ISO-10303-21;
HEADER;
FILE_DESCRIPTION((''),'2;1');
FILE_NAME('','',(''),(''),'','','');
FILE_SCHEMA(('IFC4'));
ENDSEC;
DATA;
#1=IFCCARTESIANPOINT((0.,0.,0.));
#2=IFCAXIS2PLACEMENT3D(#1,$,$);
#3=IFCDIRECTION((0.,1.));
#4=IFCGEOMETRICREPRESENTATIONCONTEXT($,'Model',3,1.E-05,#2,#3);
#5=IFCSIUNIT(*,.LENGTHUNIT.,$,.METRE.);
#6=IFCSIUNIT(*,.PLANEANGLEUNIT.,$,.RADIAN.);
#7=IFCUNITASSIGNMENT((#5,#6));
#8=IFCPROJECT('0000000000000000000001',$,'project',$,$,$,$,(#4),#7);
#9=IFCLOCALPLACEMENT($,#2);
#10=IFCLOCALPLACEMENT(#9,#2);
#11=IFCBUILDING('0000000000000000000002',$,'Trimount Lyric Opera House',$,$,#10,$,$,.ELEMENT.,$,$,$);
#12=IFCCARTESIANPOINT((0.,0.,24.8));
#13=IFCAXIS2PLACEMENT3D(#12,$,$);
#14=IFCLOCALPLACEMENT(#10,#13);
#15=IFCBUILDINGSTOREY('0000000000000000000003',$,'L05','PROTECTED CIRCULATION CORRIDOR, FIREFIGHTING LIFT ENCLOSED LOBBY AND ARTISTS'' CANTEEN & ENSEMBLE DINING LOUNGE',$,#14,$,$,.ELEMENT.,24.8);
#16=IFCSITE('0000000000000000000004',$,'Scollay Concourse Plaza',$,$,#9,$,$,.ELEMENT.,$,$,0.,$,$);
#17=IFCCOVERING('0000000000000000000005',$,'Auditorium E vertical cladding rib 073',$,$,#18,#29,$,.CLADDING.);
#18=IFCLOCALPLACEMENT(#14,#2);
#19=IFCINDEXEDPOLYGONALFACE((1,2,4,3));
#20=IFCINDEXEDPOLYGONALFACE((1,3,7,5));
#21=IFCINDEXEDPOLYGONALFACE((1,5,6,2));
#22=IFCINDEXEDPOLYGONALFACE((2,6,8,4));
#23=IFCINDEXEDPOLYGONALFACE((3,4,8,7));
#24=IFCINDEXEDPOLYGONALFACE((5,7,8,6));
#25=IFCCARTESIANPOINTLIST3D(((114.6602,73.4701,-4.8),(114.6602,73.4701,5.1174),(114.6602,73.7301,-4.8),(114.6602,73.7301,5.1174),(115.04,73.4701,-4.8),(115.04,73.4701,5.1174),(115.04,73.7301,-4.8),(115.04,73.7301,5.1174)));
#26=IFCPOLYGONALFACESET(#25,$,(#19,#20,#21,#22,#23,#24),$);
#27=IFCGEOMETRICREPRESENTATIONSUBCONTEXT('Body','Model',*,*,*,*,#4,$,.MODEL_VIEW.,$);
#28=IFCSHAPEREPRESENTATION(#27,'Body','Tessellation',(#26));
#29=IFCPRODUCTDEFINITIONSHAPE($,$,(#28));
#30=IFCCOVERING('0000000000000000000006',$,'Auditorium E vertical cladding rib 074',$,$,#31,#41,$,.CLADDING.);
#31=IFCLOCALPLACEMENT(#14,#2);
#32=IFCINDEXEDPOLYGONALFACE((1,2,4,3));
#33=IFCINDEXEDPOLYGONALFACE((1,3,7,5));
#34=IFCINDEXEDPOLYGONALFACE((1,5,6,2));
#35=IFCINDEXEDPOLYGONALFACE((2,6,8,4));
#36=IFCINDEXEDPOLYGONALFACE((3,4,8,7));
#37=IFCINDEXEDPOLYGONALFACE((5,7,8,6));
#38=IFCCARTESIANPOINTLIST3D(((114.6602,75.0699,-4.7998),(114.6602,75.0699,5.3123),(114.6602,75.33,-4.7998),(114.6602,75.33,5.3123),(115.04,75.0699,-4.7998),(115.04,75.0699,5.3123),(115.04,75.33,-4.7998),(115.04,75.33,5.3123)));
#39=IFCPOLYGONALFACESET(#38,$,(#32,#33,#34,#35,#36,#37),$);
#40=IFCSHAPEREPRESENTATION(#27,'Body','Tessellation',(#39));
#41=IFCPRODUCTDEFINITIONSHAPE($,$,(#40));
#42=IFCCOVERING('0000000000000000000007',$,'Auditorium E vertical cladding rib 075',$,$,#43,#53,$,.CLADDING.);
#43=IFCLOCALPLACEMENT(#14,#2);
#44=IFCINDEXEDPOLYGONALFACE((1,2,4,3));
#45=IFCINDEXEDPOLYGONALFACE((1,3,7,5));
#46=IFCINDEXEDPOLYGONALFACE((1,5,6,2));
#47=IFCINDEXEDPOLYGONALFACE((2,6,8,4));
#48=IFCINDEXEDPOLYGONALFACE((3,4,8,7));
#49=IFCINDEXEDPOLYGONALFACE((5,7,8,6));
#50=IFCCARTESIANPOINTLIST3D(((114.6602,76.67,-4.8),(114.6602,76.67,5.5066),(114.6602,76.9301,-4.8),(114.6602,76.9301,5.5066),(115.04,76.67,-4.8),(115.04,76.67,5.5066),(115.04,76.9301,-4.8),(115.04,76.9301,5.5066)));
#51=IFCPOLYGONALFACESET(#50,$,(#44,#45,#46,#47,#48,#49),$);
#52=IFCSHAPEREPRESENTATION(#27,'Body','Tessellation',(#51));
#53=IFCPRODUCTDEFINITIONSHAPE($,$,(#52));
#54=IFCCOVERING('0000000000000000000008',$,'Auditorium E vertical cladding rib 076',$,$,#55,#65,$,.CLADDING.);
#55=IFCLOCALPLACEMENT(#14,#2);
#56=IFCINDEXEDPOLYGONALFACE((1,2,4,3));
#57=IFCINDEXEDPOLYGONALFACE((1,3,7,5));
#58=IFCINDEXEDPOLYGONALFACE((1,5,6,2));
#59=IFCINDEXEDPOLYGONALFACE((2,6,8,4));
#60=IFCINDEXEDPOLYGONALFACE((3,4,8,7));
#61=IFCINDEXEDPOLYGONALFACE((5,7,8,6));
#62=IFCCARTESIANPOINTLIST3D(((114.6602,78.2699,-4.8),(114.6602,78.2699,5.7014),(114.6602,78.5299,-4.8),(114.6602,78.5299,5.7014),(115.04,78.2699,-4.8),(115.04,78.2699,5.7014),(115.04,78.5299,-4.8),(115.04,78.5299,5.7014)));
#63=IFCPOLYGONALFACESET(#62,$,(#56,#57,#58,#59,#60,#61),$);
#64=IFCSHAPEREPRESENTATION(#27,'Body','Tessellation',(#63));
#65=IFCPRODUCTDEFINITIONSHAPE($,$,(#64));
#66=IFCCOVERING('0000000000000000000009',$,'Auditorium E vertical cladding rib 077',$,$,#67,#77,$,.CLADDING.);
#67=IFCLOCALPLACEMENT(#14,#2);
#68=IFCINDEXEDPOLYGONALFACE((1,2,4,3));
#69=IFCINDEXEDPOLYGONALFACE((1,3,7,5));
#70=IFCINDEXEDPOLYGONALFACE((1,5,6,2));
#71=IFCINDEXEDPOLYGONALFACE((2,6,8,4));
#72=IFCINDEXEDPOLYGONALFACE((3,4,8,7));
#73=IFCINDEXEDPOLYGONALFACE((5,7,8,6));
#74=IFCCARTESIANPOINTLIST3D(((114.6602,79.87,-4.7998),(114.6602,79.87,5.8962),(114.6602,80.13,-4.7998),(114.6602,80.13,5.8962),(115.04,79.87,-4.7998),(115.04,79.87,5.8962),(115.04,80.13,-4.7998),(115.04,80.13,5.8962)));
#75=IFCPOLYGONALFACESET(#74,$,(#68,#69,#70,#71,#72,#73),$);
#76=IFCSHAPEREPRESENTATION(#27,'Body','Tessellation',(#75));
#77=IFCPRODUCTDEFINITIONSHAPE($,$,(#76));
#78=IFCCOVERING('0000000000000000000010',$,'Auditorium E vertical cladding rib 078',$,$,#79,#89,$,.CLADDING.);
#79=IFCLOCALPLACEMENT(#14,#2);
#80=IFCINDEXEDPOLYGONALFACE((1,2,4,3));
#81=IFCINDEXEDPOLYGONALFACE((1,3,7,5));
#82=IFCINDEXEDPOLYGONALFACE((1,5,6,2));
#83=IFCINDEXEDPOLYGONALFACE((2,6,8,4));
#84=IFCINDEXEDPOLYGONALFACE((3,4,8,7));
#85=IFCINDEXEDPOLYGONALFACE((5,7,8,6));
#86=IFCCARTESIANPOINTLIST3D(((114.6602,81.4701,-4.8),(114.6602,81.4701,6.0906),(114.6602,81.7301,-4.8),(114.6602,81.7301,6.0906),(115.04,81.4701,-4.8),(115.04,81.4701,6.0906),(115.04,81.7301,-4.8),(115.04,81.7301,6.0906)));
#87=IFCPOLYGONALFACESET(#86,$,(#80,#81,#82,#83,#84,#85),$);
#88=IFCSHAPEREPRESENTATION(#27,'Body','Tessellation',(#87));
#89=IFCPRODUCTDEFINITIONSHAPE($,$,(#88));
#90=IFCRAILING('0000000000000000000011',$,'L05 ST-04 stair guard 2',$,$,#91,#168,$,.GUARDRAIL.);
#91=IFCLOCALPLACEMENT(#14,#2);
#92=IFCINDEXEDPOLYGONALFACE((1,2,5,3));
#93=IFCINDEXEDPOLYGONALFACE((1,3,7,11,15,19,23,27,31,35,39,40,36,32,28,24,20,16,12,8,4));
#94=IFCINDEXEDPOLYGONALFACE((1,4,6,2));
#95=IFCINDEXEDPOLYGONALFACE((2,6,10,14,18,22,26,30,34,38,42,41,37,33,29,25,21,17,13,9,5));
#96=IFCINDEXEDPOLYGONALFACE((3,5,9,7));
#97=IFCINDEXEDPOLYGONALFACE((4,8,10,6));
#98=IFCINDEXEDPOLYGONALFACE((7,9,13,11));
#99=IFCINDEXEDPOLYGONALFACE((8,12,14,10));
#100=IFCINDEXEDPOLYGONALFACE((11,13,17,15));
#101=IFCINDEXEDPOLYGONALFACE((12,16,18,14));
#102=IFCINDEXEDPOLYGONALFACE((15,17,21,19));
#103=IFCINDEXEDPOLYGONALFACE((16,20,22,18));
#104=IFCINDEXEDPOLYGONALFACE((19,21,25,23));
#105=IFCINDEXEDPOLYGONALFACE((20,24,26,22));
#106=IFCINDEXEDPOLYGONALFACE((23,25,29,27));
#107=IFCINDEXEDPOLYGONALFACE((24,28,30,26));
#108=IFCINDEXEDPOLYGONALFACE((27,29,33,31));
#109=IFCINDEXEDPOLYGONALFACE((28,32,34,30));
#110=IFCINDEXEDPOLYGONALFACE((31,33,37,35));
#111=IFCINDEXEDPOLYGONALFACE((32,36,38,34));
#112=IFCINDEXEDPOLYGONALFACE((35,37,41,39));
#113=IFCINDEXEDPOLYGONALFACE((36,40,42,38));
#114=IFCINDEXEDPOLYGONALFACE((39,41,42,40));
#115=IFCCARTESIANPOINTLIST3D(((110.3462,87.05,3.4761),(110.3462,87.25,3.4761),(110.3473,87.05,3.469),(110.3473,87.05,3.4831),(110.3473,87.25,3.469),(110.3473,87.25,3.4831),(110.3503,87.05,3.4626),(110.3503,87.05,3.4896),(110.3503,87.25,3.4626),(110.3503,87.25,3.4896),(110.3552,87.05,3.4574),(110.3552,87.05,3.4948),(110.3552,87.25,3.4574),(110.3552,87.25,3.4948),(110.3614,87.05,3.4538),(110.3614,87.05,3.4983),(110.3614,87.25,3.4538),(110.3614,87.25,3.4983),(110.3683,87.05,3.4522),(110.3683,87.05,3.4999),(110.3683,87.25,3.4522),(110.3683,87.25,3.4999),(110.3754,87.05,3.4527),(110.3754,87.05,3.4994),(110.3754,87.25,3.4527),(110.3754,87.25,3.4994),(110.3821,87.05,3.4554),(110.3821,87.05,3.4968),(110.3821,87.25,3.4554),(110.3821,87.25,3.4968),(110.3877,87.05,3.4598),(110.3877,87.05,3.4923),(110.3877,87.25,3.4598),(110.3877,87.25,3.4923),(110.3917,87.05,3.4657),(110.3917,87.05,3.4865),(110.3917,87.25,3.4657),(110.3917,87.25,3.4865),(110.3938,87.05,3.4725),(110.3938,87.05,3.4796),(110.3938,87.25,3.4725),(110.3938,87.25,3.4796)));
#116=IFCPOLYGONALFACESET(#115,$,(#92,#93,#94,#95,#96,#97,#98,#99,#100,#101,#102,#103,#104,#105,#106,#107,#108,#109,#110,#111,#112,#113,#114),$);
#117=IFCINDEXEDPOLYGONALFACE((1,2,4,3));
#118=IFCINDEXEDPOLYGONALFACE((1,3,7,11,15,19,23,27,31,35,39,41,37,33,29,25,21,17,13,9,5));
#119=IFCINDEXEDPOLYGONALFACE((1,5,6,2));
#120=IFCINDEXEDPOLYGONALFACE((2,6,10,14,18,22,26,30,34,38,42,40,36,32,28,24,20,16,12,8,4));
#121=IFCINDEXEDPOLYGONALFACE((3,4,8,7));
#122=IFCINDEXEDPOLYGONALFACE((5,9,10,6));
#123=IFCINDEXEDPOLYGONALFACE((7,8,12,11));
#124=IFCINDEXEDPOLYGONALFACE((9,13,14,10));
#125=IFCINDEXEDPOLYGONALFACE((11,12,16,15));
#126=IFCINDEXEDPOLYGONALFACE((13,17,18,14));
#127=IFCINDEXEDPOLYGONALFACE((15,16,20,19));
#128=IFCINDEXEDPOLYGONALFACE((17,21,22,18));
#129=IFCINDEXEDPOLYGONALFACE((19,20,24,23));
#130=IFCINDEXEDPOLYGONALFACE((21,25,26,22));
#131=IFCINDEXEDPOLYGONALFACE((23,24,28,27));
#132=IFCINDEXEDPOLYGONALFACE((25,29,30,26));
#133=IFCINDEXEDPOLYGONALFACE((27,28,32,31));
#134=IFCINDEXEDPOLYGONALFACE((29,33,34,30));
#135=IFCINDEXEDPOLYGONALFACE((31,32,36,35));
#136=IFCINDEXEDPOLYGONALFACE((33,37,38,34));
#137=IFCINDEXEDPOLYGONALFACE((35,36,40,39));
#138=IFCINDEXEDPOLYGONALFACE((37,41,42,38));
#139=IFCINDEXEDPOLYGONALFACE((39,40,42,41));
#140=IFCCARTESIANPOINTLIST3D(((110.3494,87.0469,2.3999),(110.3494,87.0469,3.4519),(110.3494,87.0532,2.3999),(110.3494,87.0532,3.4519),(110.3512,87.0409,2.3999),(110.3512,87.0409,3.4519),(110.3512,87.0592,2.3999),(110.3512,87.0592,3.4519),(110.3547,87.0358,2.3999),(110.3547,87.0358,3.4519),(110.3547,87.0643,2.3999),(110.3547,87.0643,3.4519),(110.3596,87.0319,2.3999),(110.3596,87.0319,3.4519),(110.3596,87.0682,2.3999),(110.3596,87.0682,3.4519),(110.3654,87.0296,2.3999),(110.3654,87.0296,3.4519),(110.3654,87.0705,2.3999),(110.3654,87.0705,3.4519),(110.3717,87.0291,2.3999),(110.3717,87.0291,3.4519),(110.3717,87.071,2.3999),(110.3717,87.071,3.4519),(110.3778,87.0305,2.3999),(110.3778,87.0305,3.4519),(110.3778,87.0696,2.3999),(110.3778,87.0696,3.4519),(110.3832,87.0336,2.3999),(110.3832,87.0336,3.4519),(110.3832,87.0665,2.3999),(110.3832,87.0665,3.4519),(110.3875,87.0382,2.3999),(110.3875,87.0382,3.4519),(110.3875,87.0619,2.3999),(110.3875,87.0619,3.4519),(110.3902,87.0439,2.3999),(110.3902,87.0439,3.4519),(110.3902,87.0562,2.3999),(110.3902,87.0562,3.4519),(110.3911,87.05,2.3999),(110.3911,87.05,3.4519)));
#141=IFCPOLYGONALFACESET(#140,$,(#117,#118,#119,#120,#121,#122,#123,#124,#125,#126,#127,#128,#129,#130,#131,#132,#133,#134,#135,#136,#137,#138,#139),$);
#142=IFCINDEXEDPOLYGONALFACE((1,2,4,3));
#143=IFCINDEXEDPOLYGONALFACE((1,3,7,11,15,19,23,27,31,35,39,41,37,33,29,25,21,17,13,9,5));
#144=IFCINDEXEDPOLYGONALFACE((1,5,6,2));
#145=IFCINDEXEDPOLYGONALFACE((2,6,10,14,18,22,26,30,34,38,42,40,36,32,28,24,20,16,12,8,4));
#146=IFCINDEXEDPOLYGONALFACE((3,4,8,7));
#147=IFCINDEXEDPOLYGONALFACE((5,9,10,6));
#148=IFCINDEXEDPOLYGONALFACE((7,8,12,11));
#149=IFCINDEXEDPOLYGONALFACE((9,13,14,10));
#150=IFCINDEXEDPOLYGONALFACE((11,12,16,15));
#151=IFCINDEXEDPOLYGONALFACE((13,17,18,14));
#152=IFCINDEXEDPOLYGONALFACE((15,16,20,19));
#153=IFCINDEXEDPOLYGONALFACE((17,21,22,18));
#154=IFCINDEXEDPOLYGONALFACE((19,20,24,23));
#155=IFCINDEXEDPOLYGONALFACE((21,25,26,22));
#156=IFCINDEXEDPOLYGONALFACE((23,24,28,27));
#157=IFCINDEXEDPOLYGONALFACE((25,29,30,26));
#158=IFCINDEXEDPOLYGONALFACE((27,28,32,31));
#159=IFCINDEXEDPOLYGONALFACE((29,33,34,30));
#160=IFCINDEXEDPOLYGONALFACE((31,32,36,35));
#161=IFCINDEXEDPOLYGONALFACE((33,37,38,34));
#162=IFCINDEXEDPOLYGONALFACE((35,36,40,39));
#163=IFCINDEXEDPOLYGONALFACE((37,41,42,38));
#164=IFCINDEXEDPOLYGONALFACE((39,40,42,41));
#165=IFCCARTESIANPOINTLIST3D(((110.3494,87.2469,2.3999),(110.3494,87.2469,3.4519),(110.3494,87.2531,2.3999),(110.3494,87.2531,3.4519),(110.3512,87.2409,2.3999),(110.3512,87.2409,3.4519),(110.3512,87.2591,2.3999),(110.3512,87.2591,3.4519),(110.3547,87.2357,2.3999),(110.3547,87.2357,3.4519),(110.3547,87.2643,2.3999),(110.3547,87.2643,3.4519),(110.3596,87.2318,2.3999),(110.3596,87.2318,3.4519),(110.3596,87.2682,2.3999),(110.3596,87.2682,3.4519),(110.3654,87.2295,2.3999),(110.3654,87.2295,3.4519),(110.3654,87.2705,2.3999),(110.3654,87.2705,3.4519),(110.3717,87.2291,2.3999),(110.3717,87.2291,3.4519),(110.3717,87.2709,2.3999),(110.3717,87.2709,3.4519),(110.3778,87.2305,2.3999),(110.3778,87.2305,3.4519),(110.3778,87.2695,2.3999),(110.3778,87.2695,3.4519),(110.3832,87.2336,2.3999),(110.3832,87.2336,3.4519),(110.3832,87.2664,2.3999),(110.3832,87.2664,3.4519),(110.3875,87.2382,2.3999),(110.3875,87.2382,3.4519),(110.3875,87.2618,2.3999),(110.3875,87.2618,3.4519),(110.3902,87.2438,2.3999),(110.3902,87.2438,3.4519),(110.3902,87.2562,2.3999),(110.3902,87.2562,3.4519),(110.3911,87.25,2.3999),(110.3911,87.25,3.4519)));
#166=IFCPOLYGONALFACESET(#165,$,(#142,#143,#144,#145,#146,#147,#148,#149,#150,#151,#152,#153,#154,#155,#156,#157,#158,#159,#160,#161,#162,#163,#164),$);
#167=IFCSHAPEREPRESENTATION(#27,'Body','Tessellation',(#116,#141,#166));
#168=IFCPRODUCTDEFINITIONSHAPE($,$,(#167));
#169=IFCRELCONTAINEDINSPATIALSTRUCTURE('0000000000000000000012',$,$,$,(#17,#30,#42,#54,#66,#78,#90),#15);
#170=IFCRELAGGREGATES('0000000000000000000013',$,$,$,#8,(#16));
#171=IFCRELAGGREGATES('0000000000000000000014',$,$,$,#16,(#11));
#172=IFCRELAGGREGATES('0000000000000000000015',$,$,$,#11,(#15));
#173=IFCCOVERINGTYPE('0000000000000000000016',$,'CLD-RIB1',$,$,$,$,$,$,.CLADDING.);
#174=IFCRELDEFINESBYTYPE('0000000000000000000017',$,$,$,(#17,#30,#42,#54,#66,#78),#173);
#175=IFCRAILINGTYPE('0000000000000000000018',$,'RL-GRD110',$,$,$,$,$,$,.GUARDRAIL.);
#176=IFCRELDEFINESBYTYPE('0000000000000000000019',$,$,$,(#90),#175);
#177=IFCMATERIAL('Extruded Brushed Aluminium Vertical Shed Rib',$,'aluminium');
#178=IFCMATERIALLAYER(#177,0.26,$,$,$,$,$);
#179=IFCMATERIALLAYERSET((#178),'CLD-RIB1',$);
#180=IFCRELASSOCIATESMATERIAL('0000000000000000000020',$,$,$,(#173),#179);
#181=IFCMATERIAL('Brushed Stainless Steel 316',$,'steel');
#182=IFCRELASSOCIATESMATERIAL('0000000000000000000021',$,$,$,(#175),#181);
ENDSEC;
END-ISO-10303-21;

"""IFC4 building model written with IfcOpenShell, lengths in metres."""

from ifc_helpers import new_model, si_unit, direction, frame, origin, origin_2d, place, context, subcontext, project, spatial, rectangle, circle, extrude, material, layer, layer_set, type_object, element, save


model = new_model("IFC4")

# Units and contexts
model_context = context("Model", 3, precision=1e-05, world=origin(), true_north=direction((0.0, 1.0)))
body_context = subcontext(model_context, "Body", "Model", "MODEL_VIEW")
ifc_project = project(units=[si_unit("LENGTHUNIT", "METRE"), si_unit("PLANEANGLEUNIT", "RADIAN")], contexts=[model_context])

# Site, building, storey
site_placement = place(None, origin())
site = spatial("IfcSite", under=ifc_project, at=site_placement, Name="Scollay Concourse Plaza", CompositionType="ELEMENT", RefElevation=0.0)
building_placement = place(site_placement, origin())
building = spatial("IfcBuilding", under=site, at=building_placement, Name="Trimount Lyric Opera House", CompositionType="ELEMENT")
storey_placement = place(building_placement, frame((0.0, 0.0, 24.8)))
storey = spatial("IfcBuildingStorey", under=building, at=storey_placement, Name="L05", Description="PROTECTED CIRCULATION CORRIDOR, FIREFIGHTING LIFT ENCLOSED LOBBY AND ARTISTS' CANTEEN & ENSEMBLE DINING LOUNGE", CompositionType="ELEMENT", Elevation=24.8)

# Coverings
ifc_material_1 = material(Name="Extruded Brushed Aluminium Vertical Shed Rib", Category="aluminium")
ifc_layer_1 = layer(ifc_material_1, 0.26)
ifc_layer_set_1 = layer_set([ifc_layer_1], Name="CLD-RIB1")
covering_type = type_object("IfcCoveringType", Name="CLD-RIB1", PredefinedType="CLADDING", material=ifc_layer_set_1)
covering_1_placement = place(storey_placement, frame((114.8501, 73.6001, -4.8), z_axis=(0.0, 0.0, 1.0), x_axis=(1.0, 0.0, 0.0)))
element("IfcCovering", 1, at=covering_1_placement, inside=storey, type_object=covering_type, Name="Auditorium E vertical cladding rib 073", PredefinedType="CLADDING", context=body_context, shape_type="SweptSolid", body=[
    extrude(rectangle(XDim=0.3799, YDim=0.26, at=origin_2d()), origin(), (0.0, 0.0, 1.0), 9.9175),
])
covering_2_placement = place(storey_placement, frame((114.8501, 75.2, -4.7998), z_axis=(0.0, 0.0, 1.0), x_axis=(1.0, 0.0, 0.0)))
element("IfcCovering", 2, at=covering_2_placement, inside=storey, type_object=covering_type, Name="Auditorium E vertical cladding rib 074", PredefinedType="CLADDING", context=body_context, shape_type="SweptSolid", body=[
    extrude(rectangle(XDim=0.3799, YDim=0.26, at=origin_2d()), origin(), (0.0, 0.0, 1.0), 10.1121),
])
covering_3_placement = place(storey_placement, frame((114.8501, 76.8, -4.8), z_axis=(0.0, 0.0, 1.0), x_axis=(1.0, 0.0, 0.0)))
element("IfcCovering", 3, at=covering_3_placement, inside=storey, type_object=covering_type, Name="Auditorium E vertical cladding rib 075", PredefinedType="CLADDING", context=body_context, shape_type="SweptSolid", body=[
    extrude(rectangle(XDim=0.3799, YDim=0.26, at=origin_2d()), origin(), (0.0, 0.0, 1.0), 10.3066),
])
covering_4_placement = place(storey_placement, frame((114.8501, 78.3999, -4.8), z_axis=(0.0, 0.0, 1.0), x_axis=(1.0, 0.0, 0.0)))
element("IfcCovering", 4, at=covering_4_placement, inside=storey, type_object=covering_type, Name="Auditorium E vertical cladding rib 076", PredefinedType="CLADDING", context=body_context, shape_type="SweptSolid", body=[
    extrude(rectangle(XDim=0.3799, YDim=0.26, at=origin_2d()), origin(), (0.0, 0.0, 1.0), 10.5015),
])
covering_5_placement = place(storey_placement, frame((114.8501, 80.0, -4.7998), z_axis=(0.0, 0.0, 1.0), x_axis=(1.0, 0.0, 0.0)))
element("IfcCovering", 5, at=covering_5_placement, inside=storey, type_object=covering_type, Name="Auditorium E vertical cladding rib 077", PredefinedType="CLADDING", context=body_context, shape_type="SweptSolid", body=[
    extrude(rectangle(XDim=0.3799, YDim=0.26, at=origin_2d()), origin(), (0.0, 0.0, 1.0), 10.696),
])
covering_6_placement = place(storey_placement, frame((114.8501, 81.6001, -4.8), z_axis=(0.0, 0.0, 1.0), x_axis=(1.0, 0.0, 0.0)))
element("IfcCovering", 6, at=covering_6_placement, inside=storey, type_object=covering_type, Name="Auditorium E vertical cladding rib 078", PredefinedType="CLADDING", context=body_context, shape_type="SweptSolid", body=[
    extrude(rectangle(XDim=0.3799, YDim=0.26, at=origin_2d()), origin(), (0.0, 0.0, 1.0), 10.8906),
])

# Railing
ifc_material_2 = material(Name="Brushed Stainless Steel 316", Category="steel")
railing_type_1 = type_object("IfcRailingType", Name="RL-GRD110", PredefinedType="GUARDRAIL", material=ifc_material_2)
railing_1_placement = place(storey_placement, frame((110.3701, 87.05, 2.3999)))
element("IfcRailing", 7, at=railing_1_placement, inside=storey, type_object=railing_type_1, Name="L05 ST-04 stair guard 2", PredefinedType="GUARDRAIL", context=body_context, shape_type="SweptSolid", body=[
    extrude(circle(Radius=0.0239, at=origin_2d()), frame((0.0, 0.0, 1.0762), z_axis=(0.0, 1.0, 0.0), x_axis=(-1.0, 0.0, 0.0)), (0.0, 0.0, 1.0), 0.2),
    extrude(circle(Radius=0.021, at=origin_2d()), origin(), (0.0, 0.0, 1.0), 1.052),
    extrude(circle(Radius=0.021, at=origin_2d()), frame((0.0, 0.2, 0.0)), (0.0, 0.0, 1.0), 1.052),
])

save(model, "model.ifc")
